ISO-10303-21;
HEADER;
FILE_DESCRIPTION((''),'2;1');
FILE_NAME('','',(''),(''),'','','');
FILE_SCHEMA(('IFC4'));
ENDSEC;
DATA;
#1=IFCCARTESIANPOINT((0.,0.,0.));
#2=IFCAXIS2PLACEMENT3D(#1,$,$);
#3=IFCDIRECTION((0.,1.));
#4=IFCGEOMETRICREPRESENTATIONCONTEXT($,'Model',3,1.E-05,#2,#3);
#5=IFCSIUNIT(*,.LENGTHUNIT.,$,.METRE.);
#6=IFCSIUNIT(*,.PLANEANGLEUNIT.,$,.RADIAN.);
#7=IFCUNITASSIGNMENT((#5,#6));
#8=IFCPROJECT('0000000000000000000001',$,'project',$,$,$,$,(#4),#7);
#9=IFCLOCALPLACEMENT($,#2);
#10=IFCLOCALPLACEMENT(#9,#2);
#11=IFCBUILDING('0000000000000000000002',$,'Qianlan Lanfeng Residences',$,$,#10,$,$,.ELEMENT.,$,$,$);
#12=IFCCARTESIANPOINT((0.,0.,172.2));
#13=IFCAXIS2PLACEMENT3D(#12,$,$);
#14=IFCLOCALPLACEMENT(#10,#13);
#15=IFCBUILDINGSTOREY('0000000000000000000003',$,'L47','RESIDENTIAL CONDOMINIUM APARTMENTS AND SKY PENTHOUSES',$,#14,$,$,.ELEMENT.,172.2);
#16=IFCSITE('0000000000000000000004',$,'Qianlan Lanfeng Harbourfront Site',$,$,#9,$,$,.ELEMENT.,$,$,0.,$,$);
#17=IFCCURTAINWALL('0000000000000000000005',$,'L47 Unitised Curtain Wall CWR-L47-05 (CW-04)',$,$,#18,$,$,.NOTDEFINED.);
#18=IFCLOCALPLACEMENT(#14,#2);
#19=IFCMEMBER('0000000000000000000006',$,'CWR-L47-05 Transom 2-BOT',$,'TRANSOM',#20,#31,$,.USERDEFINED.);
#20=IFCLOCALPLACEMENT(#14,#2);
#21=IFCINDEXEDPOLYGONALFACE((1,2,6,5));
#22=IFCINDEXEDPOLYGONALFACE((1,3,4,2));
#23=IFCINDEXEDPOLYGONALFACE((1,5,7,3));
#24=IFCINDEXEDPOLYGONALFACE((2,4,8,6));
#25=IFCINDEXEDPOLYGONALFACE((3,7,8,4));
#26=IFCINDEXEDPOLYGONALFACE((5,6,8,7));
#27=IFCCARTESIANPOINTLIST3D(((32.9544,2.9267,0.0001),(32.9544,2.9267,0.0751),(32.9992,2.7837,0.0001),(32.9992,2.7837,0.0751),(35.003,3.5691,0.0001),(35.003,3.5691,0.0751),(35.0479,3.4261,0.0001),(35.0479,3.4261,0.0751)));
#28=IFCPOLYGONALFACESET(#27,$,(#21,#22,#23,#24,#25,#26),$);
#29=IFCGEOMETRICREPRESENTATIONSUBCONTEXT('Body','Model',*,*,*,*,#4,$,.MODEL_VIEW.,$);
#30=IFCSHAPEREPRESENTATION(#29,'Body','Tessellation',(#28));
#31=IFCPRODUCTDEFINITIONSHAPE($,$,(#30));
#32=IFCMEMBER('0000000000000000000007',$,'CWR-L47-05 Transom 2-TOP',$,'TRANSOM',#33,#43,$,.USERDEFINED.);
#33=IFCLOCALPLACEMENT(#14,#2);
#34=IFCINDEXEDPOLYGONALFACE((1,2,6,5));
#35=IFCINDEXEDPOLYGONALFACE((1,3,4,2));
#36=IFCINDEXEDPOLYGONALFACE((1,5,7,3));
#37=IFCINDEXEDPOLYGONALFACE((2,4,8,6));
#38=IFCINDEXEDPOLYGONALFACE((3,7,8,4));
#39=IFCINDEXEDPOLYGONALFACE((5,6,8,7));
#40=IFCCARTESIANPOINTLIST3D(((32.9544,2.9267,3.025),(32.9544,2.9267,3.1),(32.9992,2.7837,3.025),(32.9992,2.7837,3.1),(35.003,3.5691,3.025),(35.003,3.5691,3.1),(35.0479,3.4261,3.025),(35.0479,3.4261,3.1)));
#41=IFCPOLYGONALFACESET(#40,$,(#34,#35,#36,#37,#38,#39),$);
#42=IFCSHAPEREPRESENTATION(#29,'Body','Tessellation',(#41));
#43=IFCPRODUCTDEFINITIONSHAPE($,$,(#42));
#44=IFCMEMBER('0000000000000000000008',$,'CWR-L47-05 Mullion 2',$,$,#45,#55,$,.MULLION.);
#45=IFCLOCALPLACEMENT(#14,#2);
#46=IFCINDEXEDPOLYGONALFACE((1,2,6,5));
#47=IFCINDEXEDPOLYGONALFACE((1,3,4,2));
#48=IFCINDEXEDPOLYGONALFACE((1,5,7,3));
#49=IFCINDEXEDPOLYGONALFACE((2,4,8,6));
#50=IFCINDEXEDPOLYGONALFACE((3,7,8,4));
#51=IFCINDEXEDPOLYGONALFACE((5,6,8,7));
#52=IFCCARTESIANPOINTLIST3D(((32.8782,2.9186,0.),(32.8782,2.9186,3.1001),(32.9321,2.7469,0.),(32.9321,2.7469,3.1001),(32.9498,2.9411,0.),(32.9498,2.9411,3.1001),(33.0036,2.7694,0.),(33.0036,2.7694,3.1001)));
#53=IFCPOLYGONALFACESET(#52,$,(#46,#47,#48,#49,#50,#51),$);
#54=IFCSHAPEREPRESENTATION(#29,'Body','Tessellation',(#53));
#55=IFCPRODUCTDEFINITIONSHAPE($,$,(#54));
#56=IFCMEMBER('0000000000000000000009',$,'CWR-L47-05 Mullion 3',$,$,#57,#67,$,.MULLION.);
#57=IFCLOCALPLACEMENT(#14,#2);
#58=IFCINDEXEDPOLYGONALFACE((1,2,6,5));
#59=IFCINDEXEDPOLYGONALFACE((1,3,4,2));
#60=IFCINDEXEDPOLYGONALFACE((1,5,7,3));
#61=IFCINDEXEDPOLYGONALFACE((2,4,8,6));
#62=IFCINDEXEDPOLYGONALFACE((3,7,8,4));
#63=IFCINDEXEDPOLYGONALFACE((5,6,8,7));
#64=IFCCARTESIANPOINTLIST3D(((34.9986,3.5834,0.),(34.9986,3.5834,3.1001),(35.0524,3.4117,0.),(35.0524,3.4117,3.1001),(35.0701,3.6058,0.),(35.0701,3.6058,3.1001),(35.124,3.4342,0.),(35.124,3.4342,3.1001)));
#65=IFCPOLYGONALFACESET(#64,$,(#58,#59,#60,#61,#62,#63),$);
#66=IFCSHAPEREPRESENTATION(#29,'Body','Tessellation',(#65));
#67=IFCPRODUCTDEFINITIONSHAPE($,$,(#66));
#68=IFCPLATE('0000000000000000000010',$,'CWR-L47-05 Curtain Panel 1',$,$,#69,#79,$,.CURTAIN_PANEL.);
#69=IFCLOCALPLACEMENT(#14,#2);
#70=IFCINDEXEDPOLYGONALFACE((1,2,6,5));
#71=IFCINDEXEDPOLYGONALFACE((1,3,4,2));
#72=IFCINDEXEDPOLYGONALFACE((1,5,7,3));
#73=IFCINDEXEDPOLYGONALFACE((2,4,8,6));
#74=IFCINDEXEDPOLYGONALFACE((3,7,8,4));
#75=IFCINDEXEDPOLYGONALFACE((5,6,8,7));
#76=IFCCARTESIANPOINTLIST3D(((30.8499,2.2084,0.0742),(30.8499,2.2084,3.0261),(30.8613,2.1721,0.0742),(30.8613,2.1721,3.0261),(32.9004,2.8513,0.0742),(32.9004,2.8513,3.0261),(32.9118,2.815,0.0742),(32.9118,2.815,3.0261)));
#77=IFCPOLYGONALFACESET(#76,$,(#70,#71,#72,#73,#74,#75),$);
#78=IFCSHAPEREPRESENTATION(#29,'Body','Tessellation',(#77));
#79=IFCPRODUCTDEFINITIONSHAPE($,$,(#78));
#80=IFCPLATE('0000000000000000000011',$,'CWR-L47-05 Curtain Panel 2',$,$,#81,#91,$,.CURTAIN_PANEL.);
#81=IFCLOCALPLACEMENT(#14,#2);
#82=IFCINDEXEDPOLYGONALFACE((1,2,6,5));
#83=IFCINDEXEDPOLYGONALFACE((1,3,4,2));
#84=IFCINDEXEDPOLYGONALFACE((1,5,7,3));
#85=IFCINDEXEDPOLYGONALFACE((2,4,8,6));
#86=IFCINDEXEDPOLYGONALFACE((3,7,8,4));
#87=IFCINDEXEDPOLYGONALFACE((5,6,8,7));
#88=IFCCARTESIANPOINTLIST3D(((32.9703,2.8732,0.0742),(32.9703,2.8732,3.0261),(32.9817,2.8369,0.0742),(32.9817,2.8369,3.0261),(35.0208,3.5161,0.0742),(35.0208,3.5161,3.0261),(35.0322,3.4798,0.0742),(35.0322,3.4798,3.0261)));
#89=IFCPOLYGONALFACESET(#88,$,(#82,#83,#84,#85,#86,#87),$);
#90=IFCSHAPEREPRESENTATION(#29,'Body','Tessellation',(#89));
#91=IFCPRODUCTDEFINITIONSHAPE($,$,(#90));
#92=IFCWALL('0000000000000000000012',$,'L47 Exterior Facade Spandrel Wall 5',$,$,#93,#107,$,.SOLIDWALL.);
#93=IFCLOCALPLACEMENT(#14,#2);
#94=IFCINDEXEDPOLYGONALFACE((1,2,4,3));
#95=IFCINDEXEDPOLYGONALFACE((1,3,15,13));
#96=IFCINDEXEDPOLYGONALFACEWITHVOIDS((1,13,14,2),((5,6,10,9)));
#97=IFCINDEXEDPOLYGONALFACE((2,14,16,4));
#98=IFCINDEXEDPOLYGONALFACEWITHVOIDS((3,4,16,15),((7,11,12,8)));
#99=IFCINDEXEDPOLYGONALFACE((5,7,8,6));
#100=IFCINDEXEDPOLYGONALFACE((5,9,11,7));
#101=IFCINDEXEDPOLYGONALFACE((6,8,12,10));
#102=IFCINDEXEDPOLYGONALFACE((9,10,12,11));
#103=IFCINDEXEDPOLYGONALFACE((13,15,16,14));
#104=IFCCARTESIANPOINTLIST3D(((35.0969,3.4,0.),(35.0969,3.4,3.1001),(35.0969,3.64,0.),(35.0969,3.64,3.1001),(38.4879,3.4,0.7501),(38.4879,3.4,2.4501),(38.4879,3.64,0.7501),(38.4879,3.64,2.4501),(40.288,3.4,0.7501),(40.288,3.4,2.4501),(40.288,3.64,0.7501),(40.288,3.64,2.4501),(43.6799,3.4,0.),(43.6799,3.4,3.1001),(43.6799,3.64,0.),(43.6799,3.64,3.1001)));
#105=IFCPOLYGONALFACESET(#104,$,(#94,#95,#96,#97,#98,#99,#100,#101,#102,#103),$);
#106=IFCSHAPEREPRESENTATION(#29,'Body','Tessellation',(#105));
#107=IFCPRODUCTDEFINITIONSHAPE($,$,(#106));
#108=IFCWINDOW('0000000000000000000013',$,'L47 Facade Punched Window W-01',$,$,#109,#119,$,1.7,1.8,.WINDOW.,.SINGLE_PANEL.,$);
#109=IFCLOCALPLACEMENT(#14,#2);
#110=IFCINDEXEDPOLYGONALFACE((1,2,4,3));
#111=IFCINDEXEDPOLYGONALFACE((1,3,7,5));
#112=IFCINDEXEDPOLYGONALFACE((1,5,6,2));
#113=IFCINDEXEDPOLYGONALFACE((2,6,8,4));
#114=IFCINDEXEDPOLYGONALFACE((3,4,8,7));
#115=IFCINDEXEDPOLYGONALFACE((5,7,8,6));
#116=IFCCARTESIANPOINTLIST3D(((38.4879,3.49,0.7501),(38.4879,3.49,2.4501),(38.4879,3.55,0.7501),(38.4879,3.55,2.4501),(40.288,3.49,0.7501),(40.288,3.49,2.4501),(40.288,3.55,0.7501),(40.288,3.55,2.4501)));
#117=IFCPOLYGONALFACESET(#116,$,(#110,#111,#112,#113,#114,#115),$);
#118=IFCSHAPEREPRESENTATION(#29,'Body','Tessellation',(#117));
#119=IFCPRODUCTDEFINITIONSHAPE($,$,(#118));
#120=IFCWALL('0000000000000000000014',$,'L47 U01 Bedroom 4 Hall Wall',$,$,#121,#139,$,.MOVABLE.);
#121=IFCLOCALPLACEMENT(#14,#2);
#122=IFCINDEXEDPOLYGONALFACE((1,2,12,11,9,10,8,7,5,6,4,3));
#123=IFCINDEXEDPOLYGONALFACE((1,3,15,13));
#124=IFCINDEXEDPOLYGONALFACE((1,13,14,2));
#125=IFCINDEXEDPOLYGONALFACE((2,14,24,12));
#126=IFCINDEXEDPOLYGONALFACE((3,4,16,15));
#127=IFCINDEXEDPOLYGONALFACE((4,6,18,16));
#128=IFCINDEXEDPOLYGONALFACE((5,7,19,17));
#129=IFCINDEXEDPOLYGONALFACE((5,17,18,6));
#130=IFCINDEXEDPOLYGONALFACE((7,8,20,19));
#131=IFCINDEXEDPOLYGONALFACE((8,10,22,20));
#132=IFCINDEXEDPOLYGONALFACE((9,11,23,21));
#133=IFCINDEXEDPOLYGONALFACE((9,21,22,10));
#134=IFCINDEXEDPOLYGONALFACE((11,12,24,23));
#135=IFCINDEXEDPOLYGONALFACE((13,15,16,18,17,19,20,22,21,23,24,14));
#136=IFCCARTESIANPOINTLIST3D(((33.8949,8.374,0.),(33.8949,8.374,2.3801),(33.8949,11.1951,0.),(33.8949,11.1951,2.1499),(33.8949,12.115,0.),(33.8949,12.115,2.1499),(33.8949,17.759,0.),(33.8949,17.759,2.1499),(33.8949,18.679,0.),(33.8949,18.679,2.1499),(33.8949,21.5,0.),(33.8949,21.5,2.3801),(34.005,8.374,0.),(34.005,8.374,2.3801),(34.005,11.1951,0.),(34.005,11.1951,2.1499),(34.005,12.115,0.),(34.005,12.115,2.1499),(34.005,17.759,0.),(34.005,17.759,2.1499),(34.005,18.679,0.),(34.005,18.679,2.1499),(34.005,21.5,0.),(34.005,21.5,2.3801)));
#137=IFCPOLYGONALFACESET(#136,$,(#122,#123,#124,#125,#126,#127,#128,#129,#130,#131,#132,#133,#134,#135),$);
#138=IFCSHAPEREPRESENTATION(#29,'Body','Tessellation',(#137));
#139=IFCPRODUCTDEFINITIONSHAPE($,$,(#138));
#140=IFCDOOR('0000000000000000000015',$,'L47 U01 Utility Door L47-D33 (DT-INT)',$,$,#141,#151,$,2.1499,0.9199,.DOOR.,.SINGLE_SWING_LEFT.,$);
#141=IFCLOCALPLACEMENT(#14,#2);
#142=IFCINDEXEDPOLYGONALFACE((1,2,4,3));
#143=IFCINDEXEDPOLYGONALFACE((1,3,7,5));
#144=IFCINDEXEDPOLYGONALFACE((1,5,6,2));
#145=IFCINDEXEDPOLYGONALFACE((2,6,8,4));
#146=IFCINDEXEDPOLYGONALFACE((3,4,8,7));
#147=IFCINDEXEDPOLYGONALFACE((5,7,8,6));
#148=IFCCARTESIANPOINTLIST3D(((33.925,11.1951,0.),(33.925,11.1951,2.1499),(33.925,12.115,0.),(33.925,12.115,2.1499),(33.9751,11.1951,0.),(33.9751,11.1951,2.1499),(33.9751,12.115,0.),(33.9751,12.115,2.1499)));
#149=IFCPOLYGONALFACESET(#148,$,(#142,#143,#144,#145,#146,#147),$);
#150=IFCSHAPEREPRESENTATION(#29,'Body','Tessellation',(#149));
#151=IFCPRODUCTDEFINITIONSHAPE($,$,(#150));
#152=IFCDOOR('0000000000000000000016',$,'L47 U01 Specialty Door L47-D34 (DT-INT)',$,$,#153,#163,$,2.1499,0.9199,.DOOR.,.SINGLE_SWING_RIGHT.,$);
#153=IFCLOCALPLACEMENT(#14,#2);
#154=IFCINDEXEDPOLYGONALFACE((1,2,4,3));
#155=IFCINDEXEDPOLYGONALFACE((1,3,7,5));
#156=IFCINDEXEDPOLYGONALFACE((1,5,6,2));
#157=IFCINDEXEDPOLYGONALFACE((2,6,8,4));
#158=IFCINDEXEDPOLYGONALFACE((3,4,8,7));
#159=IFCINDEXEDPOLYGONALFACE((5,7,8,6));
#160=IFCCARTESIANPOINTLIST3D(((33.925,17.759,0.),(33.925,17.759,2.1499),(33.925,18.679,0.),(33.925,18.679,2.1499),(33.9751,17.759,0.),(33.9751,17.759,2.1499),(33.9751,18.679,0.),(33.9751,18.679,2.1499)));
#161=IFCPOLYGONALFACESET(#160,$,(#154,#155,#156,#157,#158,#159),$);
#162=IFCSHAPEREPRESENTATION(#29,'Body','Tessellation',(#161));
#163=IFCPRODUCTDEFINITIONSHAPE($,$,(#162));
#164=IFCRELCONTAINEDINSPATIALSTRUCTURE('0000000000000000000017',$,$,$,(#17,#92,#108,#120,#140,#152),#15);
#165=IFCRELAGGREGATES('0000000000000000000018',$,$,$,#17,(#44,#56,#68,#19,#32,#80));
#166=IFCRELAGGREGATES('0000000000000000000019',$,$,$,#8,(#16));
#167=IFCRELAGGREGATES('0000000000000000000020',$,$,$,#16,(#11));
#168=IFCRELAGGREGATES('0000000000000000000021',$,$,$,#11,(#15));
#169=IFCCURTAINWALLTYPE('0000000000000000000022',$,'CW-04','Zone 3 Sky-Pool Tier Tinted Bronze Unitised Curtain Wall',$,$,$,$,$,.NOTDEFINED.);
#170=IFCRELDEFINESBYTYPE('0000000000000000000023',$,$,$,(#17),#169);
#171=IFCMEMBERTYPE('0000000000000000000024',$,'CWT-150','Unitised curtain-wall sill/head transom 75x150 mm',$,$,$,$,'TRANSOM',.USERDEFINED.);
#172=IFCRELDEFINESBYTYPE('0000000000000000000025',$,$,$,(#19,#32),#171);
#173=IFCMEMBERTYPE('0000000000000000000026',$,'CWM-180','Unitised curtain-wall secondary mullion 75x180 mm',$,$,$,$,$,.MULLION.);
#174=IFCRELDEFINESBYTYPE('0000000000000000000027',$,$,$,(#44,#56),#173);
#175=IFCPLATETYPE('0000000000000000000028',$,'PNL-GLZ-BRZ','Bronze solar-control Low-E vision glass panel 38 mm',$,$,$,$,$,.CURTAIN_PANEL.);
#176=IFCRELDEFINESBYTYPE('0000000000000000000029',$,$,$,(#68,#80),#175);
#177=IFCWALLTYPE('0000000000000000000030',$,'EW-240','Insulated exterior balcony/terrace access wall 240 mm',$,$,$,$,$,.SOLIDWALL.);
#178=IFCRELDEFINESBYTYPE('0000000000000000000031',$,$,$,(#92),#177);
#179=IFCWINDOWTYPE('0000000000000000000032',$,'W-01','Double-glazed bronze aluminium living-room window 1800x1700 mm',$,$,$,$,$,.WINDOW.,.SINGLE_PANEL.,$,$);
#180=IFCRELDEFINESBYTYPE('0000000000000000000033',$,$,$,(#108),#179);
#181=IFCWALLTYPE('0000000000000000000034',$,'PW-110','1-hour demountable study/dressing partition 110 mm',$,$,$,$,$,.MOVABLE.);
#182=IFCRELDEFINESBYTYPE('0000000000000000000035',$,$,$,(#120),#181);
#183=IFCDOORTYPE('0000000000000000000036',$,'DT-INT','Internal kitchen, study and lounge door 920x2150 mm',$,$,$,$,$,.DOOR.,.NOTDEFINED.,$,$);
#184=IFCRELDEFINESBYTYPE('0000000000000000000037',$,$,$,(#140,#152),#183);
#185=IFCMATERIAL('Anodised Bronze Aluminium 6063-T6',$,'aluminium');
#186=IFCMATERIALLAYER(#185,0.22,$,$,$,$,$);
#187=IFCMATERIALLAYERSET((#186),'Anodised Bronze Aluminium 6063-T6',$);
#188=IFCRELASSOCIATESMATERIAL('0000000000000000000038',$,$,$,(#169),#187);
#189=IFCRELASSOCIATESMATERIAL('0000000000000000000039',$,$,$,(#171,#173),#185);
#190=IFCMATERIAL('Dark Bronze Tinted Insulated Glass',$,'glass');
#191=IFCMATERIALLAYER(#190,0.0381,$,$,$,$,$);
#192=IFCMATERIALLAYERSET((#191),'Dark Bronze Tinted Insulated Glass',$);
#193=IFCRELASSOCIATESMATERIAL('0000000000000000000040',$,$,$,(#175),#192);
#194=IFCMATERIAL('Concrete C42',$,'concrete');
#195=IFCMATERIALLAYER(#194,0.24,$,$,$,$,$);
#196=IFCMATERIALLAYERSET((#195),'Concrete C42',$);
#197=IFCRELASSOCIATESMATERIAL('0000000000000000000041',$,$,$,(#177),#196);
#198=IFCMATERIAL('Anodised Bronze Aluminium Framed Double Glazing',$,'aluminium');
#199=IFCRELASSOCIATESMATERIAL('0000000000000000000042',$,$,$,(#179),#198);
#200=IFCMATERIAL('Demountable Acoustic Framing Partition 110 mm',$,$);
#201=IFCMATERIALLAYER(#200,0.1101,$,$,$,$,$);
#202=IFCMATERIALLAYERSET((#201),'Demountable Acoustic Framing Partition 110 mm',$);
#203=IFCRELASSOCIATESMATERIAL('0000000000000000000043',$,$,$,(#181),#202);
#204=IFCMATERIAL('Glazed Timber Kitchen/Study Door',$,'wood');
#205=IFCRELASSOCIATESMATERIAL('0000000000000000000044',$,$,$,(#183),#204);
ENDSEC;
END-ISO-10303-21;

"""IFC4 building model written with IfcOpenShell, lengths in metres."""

from ifc_helpers import new_model, si_unit, direction, frame, frame_2d, origin, origin_2d, place, context, subcontext, project, spatial, rectangle, extrude, source, transform, mapped, material, layer, layer_set, material_profile, profile_set, type_object, element, fill, aggregate, save


model = new_model("IFC4")

# Units and contexts
model_context = context("Model", 3, precision=1e-05, world=origin(), true_north=direction((0.0, 1.0)))
body_context = subcontext(model_context, "Body", "Model", "MODEL_VIEW")
ifc_project = project(units=[si_unit("LENGTHUNIT", "METRE"), si_unit("PLANEANGLEUNIT", "RADIAN")], contexts=[model_context])

# Site, building, storey
site_placement = place(None, origin())
site = spatial("IfcSite", under=ifc_project, at=site_placement, Name="Qianlan Lanfeng Harbourfront Site", CompositionType="ELEMENT", RefElevation=0.0)
building_placement = place(site_placement, origin())
building = spatial("IfcBuilding", under=site, at=building_placement, Name="Qianlan Lanfeng Residences", CompositionType="ELEMENT")
storey_placement = place(building_placement, frame((0.0, 0.0, 172.2)))
storey = spatial("IfcBuildingStorey", under=building, at=storey_placement, Name="L47", Description="RESIDENTIAL CONDOMINIUM APARTMENTS AND SKY PENTHOUSES", CompositionType="ELEMENT", Elevation=172.2)

# Curtain wall, members, plates
ifc_material_1 = material(Name="Anodised Bronze Aluminium 6063-T6", Category="aluminium")
ifc_layer_1 = layer(ifc_material_1, 0.22)
ifc_layer_set_1 = layer_set([ifc_layer_1], Name="Anodised Bronze Aluminium 6063-T6")
curtain_wall_type = type_object("IfcCurtainWallType", Name="CW-04", Description="Zone 3 Sky-Pool Tier Tinted Bronze Unitised Curtain Wall", PredefinedType="NOTDEFINED", material=ifc_layer_set_1)
curtain_wall_placement = place(storey_placement, origin())
curtain_wall = element("IfcCurtainWall", 1, at=curtain_wall_placement, inside=storey, type_object=curtain_wall_type, Name="L47 Unitised Curtain Wall CWR-L47-05 (CW-04)", PredefinedType="NOTDEFINED")
ifc_material_profile_1 = material_profile(ifc_material_1, rectangle(XDim=0.075, YDim=0.1499, at=origin_2d()), Name="ALU TRANSOM 75x150")
ifc_profile_set_1 = profile_set([ifc_material_profile_1], Name="Anodised Bronze Aluminium 6063-T6")
member_type_1 = type_object("IfcMemberType", Name="CWT-150", Description="Unitised curtain-wall sill/head transom 75x150 mm", ElementType="TRANSOM", PredefinedType="USERDEFINED", material=ifc_profile_set_1)
shared_shape_1 = source(origin(), body_context, "Body", "SweptSolid", [
    extrude(rectangle(XDim=0.075, YDim=0.1499, at=origin_2d()), origin(), (0.0, 0.0, 1.0), 2.147),
])
member_1_placement = place(storey_placement, frame((32.9768, 2.8552, 0.0376), z_axis=(0.954194, 0.299188, 0.0), x_axis=(0.0, 0.0, 1.0)))
member_1 = element("IfcMember", 2, at=member_1_placement, type_object=member_type_1, Name="CWR-L47-05 Transom 2-BOT", ObjectType="TRANSOM", PredefinedType="USERDEFINED", context=body_context, shape_type="MappedRepresentation", body=[
    mapped(shared_shape_1, transform((0.0, 0.0, 0.0), scale=1.0)),
])
member_2_placement = place(storey_placement, frame((32.9768, 2.8552, 3.0625), z_axis=(0.954194, 0.299188, 0.0), x_axis=(0.0, 0.0, 1.0)))
member_2 = element("IfcMember", 3, at=member_2_placement, type_object=member_type_1, Name="CWR-L47-05 Transom 2-TOP", ObjectType="TRANSOM", PredefinedType="USERDEFINED", context=body_context, shape_type="MappedRepresentation", body=[
    mapped(shared_shape_1, transform((0.0, 0.0, 0.0), scale=1.0)),
])
ifc_material_profile_2 = material_profile(ifc_material_1, rectangle(XDim=0.075, YDim=0.1799, at=origin_2d()), Name="ALU MULLION 75x180")
ifc_profile_set_2 = profile_set([ifc_material_profile_2], Name="Anodised Bronze Aluminium 6063-T6")
member_type_2 = type_object("IfcMemberType", Name="CWM-180", Description="Unitised curtain-wall secondary mullion 75x180 mm", PredefinedType="MULLION", material=ifc_profile_set_2)
shared_shape_2 = source(origin(), body_context, "Body", "SweptSolid", [
    extrude(rectangle(XDim=0.075, YDim=0.1799, at=origin_2d()), origin(), (0.0, 0.0, 1.0), 3.1001),
])
member_3_placement = place(storey_placement, frame((32.9409, 2.844, 0.0), z_axis=(0.0, 0.0, 1.0), x_axis=(0.954196, 0.299182, 0.0)))
member_3 = element("IfcMember", 4, at=member_3_placement, type_object=member_type_2, Name="CWR-L47-05 Mullion 2", PredefinedType="MULLION", context=body_context, shape_type="MappedRepresentation", body=[
    mapped(shared_shape_2, transform((0.0, 0.0, 0.0), scale=1.0)),
])
member_4_placement = place(storey_placement, frame((35.0613, 3.5088, 0.0), z_axis=(0.0, 0.0, 1.0), x_axis=(0.954196, 0.299182, 0.0)))
member_4 = element("IfcMember", 5, at=member_4_placement, type_object=member_type_2, Name="CWR-L47-05 Mullion 3", PredefinedType="MULLION", context=body_context, shape_type="MappedRepresentation", body=[
    mapped(shared_shape_2, transform((0.0, 0.0, 0.0), scale=1.0)),
])
ifc_material_2 = material(Name="Dark Bronze Tinted Insulated Glass", Category="glass")
ifc_layer_2 = layer(ifc_material_2, 0.0381)
ifc_layer_set_2 = layer_set([ifc_layer_2], Name="Dark Bronze Tinted Insulated Glass")
plate_type = type_object("IfcPlateType", Name="PNL-GLZ-BRZ", Description="Bronze solar-control Low-E vision glass panel 38 mm", PredefinedType="CURTAIN_PANEL", material=ifc_layer_set_2)
shared_shape_3 = source(origin(), body_context, "Body", "SweptSolid", [
    extrude(rectangle(XDim=2.1489, YDim=0.0381, at=origin_2d()), origin(), (0.0, 0.0, 1.0), 2.9519),
])
plate_1_placement = place(storey_placement, frame((31.8809, 2.5117, 0.0742), z_axis=(0.0, 0.0, 1.0), x_axis=(0.954196, 0.299182, 0.0)))
plate_1 = element("IfcPlate", 6, at=plate_1_placement, type_object=plate_type, Name="CWR-L47-05 Curtain Panel 1", PredefinedType="CURTAIN_PANEL", context=body_context, shape_type="MappedRepresentation", body=[
    mapped(shared_shape_3, transform((0.0, 0.0, 0.0), scale=1.0)),
])
plate_2_placement = place(storey_placement, frame((34.0012, 3.1765, 0.0742), z_axis=(0.0, 0.0, 1.0), x_axis=(0.954196, 0.299182, 0.0)))
plate_2 = element("IfcPlate", 7, at=plate_2_placement, type_object=plate_type, Name="CWR-L47-05 Curtain Panel 2", PredefinedType="CURTAIN_PANEL", context=body_context, shape_type="MappedRepresentation", body=[
    mapped(shared_shape_3, transform((0.0, 0.0, 0.0), scale=1.0)),
])
aggregate(curtain_wall, [member_3, member_4, plate_1, member_1, member_2, plate_2])

# Wall, opening, window
ifc_material_3 = material(Name="Concrete C42", Category="concrete")
ifc_layer_3 = layer(ifc_material_3, 0.24)
ifc_layer_set_3 = layer_set([ifc_layer_3], Name="Concrete C42")
wall_type_1 = type_object("IfcWallType", Name="EW-240", Description="Insulated exterior balcony/terrace access wall 240 mm", PredefinedType="SOLIDWALL", material=ifc_layer_set_3)
wall_1_placement = place(storey_placement, frame((35.0969, 3.52, 0.0), z_axis=(0.0, 0.0, 1.0), x_axis=(1.0, 0.0, 0.0)))
wall_1 = element("IfcWall", 8, at=wall_1_placement, inside=storey, type_object=wall_type_1, Name="L47 Exterior Facade Spandrel Wall 5", PredefinedType="SOLIDWALL", context=body_context, shape_type="SweptSolid", body=[
    extrude(rectangle(XDim=8.583, YDim=0.24, at=frame_2d((4.2915, 0.0))), origin(), (0.0, 0.0, 1.0), 3.1001),
])
opening_1_placement = place(wall_1_placement, frame((3.3911, 0.0, 0.75)))
opening_1 = element("IfcOpeningElement", 9, at=opening_1_placement, cuts=wall_1, PredefinedType="OPENING", context=body_context, shape_type="SweptSolid", body=[
    extrude(rectangle(XDim=1.8, YDim=1.7, at=frame_2d((0.8999, 0.8501))), frame((0.0, 0.1299, 0.0), z_axis=(0.0, -1.0, 0.0), x_axis=(1.0, 0.0, 0.0)), (0.0, 0.0, 1.0), 0.26),
])
ifc_material_4 = material(Name="Anodised Bronze Aluminium Framed Double Glazing", Category="aluminium")
window_type = type_object("IfcWindowType", Name="W-01", Description="Double-glazed bronze aluminium living-room window 1800x1700 mm", PartitioningType="SINGLE_PANEL", PredefinedType="WINDOW", material=ifc_material_4)
window_placement = place(opening_1_placement, origin())
window = element("IfcWindow", 10, at=window_placement, inside=storey, type_object=window_type, Name="L47 Facade Punched Window W-01", OverallHeight=1.7, OverallWidth=1.8, PartitioningType="SINGLE_PANEL", PredefinedType="WINDOW", context=body_context, shape_type="SweptSolid", body=[
    extrude(rectangle(XDim=1.8, YDim=1.7, at=frame_2d((0.8999, 0.8501))), frame((0.0, 0.03, 0.0), z_axis=(0.0, -1.0, 0.0), x_axis=(1.0, 0.0, 0.0)), (0.0, 0.0, 1.0), 0.0601),
])
fill(opening_1, window)

# Wall, openings, doors
ifc_material_5 = material(Name="Demountable Acoustic Framing Partition 110 mm")
ifc_layer_4 = layer(ifc_material_5, 0.1101)
ifc_layer_set_4 = layer_set([ifc_layer_4], Name="Demountable Acoustic Framing Partition 110 mm")
wall_type_2 = type_object("IfcWallType", Name="PW-110", Description="1-hour demountable study/dressing partition 110 mm", PredefinedType="MOVABLE", material=ifc_layer_set_4)
wall_2_placement = place(storey_placement, frame((33.95, 8.374, 0.0), z_axis=(0.0, 0.0, 1.0), x_axis=(0.0, 1.0, 0.0)))
wall_2 = element("IfcWall", 11, at=wall_2_placement, inside=storey, type_object=wall_type_2, Name="L47 U01 Bedroom 4 Hall Wall", PredefinedType="MOVABLE", context=body_context, shape_type="SweptSolid", body=[
    extrude(rectangle(XDim=13.126, YDim=0.1101, at=frame_2d((6.563, 0.0))), origin(), (0.0, 0.0, 1.0), 2.3801),
])
opening_2_placement = place(wall_2_placement, frame((2.821, 0.0, 0.0)))
opening_2 = element("IfcOpeningElement", 12, at=opening_2_placement, cuts=wall_2, PredefinedType="OPENING", context=body_context, shape_type="SweptSolid", body=[
    extrude(rectangle(XDim=0.9199, YDim=2.1499, at=frame_2d((0.46, 1.075))), frame((0.0, 0.0649, 0.0), z_axis=(0.0, -1.0, 0.0), x_axis=(1.0, 0.0, 0.0)), (0.0, 0.0, 1.0), 0.1301),
])
opening_3_placement = place(wall_2_placement, frame((9.385, 0.0, 0.0)))
opening_3 = element("IfcOpeningElement", 13, at=opening_3_placement, cuts=wall_2, PredefinedType="OPENING", context=body_context, shape_type="SweptSolid", body=[
    extrude(rectangle(XDim=0.9199, YDim=2.1499, at=frame_2d((0.46, 1.075))), frame((0.0, 0.0649, 0.0), z_axis=(0.0, -1.0, 0.0), x_axis=(1.0, 0.0, 0.0)), (0.0, 0.0, 1.0), 0.1301),
])
ifc_material_6 = material(Name="Glazed Timber Kitchen/Study Door", Category="wood")
door_type_1 = type_object("IfcDoorType", Name="DT-INT", Description="Internal kitchen, study and lounge door 920x2150 mm", OperationType="NOTDEFINED", PredefinedType="DOOR", material=ifc_material_6)
door_1_placement = place(opening_2_placement, origin())
door_1 = element("IfcDoor", 14, at=door_1_placement, inside=storey, type_object=door_type_1, Name="L47 U01 Utility Door L47-D33 (DT-INT)", OperationType="SINGLE_SWING_LEFT", OverallHeight=2.1499, OverallWidth=0.9199, PredefinedType="DOOR", context=body_context, shape_type="SweptSolid", body=[
    extrude(rectangle(XDim=0.9199, YDim=2.1499, at=frame_2d((0.46, 1.075))), frame((0.0, 0.0249, 0.0), z_axis=(0.0, -1.0, 0.0), x_axis=(1.0, 0.0, 0.0)), (0.0, 0.0, 1.0), 0.05),
])
fill(opening_2, door_1)
door_2_placement = place(opening_3_placement, origin())
door_2 = element("IfcDoor", 15, at=door_2_placement, inside=storey, type_object=door_type_1, Name="L47 U01 Specialty Door L47-D34 (DT-INT)", OperationType="SINGLE_SWING_RIGHT", OverallHeight=2.1499, OverallWidth=0.9199, PredefinedType="DOOR", context=body_context, shape_type="SweptSolid", body=[
    extrude(rectangle(XDim=0.9199, YDim=2.1499, at=frame_2d((0.46, 1.075))), frame((0.0, 0.0249, 0.0), z_axis=(0.0, -1.0, 0.0), x_axis=(1.0, 0.0, 0.0)), (0.0, 0.0, 1.0), 0.05),
])
fill(opening_3, door_2)

save(model, "model.ifc")
